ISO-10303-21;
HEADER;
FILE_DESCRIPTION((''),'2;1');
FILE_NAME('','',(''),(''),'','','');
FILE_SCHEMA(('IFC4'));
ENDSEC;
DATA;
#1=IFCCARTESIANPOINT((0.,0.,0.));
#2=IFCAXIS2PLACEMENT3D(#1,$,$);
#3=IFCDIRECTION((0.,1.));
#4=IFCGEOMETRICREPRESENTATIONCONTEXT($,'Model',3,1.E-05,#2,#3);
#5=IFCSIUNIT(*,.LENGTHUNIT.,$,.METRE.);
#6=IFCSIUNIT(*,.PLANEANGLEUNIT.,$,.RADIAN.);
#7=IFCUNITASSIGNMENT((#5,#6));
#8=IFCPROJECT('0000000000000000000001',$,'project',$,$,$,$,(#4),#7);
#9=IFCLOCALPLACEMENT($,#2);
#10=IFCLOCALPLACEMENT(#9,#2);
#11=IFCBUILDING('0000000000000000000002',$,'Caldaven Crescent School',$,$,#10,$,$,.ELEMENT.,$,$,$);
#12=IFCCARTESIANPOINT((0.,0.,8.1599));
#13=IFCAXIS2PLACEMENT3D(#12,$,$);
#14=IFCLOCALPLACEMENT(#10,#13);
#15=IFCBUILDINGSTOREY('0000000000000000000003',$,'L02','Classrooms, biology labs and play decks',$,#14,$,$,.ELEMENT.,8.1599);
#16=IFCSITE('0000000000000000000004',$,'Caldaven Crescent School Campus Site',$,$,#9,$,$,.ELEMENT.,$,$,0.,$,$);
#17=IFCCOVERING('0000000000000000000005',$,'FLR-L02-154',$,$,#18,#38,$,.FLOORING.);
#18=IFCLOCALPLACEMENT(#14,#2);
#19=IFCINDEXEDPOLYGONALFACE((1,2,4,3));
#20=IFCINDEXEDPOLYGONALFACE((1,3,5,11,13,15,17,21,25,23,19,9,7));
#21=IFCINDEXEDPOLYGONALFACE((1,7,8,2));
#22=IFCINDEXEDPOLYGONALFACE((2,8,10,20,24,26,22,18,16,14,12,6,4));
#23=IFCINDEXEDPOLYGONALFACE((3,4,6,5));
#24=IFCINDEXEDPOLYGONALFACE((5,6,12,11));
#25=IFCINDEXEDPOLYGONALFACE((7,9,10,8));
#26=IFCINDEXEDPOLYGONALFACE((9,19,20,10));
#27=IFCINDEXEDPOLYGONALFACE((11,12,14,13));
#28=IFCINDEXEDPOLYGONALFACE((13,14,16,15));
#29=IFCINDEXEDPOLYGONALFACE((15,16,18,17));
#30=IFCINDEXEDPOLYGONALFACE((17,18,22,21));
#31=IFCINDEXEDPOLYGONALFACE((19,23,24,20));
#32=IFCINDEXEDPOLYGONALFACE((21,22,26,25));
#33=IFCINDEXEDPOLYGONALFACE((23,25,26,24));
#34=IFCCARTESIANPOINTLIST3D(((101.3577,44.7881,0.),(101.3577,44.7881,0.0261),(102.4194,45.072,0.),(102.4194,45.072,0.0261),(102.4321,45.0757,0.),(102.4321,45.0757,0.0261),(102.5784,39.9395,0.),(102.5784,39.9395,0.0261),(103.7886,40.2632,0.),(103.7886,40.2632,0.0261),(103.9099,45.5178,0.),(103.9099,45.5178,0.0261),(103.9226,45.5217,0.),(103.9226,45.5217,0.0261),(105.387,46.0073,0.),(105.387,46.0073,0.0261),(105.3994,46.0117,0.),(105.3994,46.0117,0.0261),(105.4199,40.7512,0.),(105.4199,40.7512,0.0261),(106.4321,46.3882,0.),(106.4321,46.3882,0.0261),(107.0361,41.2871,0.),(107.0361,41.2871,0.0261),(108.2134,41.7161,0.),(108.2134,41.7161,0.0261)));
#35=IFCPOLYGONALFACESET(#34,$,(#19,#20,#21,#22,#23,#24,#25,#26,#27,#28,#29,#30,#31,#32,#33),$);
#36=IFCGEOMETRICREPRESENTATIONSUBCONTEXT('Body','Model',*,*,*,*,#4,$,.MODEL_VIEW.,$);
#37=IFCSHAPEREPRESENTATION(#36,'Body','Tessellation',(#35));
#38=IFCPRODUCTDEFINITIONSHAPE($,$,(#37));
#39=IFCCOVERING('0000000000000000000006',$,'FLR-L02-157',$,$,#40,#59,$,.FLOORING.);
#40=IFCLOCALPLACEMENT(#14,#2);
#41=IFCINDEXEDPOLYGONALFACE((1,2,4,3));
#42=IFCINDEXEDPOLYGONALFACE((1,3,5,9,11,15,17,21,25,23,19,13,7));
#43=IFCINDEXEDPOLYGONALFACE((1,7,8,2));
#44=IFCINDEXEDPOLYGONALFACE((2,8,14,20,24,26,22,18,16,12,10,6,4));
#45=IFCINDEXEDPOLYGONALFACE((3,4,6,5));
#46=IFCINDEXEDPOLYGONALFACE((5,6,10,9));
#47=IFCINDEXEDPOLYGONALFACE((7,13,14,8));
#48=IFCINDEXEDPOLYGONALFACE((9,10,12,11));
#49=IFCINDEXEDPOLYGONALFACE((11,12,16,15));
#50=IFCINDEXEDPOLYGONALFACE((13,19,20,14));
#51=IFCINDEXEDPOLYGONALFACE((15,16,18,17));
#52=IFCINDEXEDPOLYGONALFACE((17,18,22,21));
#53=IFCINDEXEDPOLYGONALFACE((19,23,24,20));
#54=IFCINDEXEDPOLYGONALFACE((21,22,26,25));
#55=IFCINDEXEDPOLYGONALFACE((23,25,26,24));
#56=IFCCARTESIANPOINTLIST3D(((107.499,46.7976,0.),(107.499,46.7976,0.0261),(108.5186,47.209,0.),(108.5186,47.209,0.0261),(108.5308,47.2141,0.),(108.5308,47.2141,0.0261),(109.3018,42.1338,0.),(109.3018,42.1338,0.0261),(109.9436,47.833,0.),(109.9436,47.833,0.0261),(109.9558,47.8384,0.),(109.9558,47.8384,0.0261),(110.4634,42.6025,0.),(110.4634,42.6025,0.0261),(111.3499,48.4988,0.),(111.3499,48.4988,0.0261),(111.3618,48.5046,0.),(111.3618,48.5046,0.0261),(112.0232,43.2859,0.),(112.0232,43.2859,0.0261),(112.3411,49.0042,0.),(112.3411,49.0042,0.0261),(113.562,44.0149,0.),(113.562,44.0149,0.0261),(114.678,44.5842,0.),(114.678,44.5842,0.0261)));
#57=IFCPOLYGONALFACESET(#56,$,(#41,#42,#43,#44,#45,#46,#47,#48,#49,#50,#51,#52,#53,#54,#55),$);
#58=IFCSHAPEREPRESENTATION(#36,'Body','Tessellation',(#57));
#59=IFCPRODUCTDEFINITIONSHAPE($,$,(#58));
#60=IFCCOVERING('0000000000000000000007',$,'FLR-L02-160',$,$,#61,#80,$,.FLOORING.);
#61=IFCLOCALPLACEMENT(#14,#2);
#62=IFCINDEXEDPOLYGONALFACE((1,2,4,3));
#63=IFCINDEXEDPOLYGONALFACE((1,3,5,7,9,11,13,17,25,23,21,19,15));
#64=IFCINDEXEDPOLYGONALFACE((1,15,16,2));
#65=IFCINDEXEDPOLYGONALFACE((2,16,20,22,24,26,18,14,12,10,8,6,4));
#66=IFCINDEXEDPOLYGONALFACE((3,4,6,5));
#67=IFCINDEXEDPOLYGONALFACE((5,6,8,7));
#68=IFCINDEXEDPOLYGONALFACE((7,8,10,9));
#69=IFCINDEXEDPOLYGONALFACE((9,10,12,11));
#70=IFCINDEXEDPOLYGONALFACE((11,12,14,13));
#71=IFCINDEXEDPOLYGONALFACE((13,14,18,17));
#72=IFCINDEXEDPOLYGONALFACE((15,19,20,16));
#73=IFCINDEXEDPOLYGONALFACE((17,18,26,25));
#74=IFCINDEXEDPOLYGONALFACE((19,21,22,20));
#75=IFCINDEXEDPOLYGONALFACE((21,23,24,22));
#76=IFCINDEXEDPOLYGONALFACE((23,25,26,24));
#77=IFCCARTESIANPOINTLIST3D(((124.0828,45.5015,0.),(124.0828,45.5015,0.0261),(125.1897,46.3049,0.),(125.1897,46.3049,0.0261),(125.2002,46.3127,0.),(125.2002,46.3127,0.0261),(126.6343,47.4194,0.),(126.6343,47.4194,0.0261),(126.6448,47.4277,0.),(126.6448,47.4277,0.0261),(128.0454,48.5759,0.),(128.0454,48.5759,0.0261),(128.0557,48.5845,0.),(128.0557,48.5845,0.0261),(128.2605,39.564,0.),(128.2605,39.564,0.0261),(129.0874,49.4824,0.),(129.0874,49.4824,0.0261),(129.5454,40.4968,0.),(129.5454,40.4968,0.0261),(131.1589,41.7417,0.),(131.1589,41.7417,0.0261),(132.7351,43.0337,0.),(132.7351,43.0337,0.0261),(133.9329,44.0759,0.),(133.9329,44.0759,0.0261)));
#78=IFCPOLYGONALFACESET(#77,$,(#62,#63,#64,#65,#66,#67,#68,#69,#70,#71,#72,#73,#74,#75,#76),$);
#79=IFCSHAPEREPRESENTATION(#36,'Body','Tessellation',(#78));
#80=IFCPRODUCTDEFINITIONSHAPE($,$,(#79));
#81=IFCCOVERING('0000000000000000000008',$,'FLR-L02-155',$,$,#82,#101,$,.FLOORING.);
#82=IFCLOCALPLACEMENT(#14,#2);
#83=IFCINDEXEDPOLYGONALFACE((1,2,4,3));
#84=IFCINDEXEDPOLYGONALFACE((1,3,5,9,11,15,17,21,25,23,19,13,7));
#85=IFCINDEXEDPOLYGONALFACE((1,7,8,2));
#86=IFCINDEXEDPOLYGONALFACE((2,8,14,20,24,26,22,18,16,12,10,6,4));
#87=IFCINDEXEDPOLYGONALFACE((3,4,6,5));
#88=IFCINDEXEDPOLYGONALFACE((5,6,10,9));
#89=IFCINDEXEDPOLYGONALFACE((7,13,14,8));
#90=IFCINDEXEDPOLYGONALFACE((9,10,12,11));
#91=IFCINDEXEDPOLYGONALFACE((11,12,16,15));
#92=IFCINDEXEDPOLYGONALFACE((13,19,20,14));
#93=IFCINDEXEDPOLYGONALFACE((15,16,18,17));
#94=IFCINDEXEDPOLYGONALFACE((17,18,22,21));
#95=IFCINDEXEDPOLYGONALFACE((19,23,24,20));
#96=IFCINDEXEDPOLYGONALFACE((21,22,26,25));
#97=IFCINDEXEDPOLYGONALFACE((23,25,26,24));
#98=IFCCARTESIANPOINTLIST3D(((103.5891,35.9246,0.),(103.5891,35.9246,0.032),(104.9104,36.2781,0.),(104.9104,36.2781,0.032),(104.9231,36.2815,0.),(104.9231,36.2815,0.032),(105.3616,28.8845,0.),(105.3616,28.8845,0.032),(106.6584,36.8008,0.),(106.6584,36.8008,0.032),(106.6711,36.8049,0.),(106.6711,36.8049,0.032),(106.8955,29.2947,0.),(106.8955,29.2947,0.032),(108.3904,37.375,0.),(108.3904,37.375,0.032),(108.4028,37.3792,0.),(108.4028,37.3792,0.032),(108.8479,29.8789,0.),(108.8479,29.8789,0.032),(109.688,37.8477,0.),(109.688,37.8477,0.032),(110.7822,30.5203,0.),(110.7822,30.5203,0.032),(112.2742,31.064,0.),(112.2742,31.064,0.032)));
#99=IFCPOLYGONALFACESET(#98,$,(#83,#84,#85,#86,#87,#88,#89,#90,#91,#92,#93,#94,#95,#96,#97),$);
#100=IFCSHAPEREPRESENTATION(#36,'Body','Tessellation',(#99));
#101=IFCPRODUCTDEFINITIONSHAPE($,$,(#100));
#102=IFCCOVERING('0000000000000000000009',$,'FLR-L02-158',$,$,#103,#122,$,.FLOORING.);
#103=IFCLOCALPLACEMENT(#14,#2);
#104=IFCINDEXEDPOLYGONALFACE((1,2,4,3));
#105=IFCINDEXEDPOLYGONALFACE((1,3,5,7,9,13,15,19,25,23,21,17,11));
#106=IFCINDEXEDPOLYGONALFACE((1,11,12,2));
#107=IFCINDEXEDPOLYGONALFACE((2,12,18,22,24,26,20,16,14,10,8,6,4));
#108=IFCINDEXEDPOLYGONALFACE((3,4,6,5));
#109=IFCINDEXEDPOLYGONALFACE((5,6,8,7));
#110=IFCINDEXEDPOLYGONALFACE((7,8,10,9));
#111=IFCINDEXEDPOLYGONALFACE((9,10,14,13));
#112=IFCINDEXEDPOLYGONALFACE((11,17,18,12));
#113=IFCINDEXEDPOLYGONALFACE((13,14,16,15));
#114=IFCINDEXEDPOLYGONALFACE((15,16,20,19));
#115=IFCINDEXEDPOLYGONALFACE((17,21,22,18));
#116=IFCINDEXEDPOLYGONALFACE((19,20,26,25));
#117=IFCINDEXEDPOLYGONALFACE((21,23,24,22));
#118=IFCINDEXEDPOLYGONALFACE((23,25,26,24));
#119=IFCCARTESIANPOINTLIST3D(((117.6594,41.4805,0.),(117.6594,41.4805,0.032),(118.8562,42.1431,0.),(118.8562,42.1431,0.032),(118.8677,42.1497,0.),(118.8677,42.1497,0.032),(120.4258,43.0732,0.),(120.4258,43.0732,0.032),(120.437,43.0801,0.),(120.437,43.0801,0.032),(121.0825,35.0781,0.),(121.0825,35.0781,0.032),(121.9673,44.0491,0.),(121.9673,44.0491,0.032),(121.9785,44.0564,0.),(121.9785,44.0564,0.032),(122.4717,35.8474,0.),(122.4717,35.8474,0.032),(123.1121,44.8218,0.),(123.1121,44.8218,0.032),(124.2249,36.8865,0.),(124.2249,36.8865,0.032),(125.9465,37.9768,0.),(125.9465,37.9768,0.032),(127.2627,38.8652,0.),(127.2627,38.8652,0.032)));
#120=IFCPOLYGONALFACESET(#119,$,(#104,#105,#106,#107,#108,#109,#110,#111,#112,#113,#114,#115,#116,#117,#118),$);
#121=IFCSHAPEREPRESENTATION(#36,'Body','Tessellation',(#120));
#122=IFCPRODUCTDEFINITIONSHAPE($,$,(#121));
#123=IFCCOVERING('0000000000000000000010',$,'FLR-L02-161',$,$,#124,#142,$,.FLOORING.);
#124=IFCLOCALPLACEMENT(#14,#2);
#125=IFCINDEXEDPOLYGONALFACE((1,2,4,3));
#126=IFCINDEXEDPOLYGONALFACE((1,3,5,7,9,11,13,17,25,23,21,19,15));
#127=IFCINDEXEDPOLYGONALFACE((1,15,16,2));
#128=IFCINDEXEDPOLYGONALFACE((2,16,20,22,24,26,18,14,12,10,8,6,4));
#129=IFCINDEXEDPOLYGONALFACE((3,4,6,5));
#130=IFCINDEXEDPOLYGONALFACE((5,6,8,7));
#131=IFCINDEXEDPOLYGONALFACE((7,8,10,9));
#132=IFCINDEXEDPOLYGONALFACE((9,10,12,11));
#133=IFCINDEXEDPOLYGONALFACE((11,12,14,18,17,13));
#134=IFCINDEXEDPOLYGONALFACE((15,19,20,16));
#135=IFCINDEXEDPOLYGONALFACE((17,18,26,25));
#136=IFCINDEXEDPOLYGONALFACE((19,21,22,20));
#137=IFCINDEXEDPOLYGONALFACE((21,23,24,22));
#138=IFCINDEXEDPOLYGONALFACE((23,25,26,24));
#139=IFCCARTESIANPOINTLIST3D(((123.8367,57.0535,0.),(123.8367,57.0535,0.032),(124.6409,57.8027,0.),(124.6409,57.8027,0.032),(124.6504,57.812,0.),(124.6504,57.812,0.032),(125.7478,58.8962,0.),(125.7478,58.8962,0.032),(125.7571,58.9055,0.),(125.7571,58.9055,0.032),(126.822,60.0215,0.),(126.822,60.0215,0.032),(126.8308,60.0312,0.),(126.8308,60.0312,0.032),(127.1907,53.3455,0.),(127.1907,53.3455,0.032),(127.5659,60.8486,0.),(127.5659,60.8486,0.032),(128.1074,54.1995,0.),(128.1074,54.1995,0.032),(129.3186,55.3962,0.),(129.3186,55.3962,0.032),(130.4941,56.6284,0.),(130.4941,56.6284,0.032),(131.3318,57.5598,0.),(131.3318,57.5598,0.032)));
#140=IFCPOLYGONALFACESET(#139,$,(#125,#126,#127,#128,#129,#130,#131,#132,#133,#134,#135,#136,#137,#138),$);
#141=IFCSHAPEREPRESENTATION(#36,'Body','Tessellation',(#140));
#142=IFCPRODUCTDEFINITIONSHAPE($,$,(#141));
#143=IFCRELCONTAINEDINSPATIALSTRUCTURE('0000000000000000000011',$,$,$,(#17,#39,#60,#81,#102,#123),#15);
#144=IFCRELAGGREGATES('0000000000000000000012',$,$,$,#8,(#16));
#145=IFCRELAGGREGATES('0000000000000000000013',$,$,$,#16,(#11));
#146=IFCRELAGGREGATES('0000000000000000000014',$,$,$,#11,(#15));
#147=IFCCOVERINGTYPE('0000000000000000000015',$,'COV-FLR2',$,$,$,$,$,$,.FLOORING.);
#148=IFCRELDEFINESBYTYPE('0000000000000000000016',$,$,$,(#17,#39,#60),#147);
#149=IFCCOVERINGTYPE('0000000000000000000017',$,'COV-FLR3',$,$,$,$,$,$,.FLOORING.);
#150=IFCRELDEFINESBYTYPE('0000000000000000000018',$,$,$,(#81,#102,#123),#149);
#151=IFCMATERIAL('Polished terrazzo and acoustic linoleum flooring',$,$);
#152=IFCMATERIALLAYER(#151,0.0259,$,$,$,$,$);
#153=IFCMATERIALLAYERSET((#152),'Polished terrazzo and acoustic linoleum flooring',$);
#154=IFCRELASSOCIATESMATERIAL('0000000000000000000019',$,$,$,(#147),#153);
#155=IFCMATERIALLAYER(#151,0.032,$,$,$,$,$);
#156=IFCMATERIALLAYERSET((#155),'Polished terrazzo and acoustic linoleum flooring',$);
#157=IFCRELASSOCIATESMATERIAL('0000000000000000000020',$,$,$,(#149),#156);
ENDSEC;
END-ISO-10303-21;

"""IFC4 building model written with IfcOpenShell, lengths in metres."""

from ifc_helpers import new_model, si_unit, direction, frame, origin, place, context, subcontext, project, spatial, polyline, outline, extrude, material, layer, layer_set, type_object, element, save


model = new_model("IFC4")

# Units and contexts
model_context = context("Model", 3, precision=1e-05, world=origin(), true_north=direction((0.0, 1.0)))
body_context = subcontext(model_context, "Body", "Model", "MODEL_VIEW")
ifc_project = project(units=[si_unit("LENGTHUNIT", "METRE"), si_unit("PLANEANGLEUNIT", "RADIAN")], contexts=[model_context])

# Site, building, storey
site_placement = place(None, origin())
site = spatial("IfcSite", under=ifc_project, at=site_placement, Name="Caldaven Crescent School Campus Site", CompositionType="ELEMENT", RefElevation=0.0)
building_placement = place(site_placement, origin())
building = spatial("IfcBuilding", under=site, at=building_placement, Name="Caldaven Crescent School", CompositionType="ELEMENT")
storey_placement = place(building_placement, frame((0.0, 0.0, 8.1599)))
storey = spatial("IfcBuildingStorey", under=building, at=storey_placement, Name="L02", Description="Classrooms, biology labs and play decks", CompositionType="ELEMENT", Elevation=8.1599)

# Coverings
ifc_material_1 = material(Name="Polished terrazzo and acoustic linoleum flooring")
ifc_layer_1 = layer(ifc_material_1, 0.0259)
ifc_layer_set_1 = layer_set([ifc_layer_1], Name="Polished terrazzo and acoustic linoleum flooring")
covering_type_1 = type_object("IfcCoveringType", Name="COV-FLR2", PredefinedType="FLOORING", material=ifc_layer_set_1)
covering_1_placement = place(storey_placement, origin())
element("IfcCovering", 1, at=covering_1_placement, inside=storey, type_object=covering_type_1, Name="FLR-L02-154", PredefinedType="FLOORING", context=body_context, shape_type="SweptSolid", body=[
    extrude(outline(polyline([(101.3577, 44.7881), (102.4194, 45.072), (102.4321, 45.0757), (103.9099, 45.5178), (103.9226, 45.5217), (105.387, 46.0073), (105.3994, 46.0117), (106.4321, 46.3882), (108.2134, 41.7161), (107.0361, 41.2871), (105.4199, 40.7512), (103.7886, 40.2632), (102.5784, 39.9395), (101.3577, 44.7881)])), origin(), (0.0, 0.0, 1.0), 0.0261),
])
covering_2_placement = place(storey_placement, origin())
element("IfcCovering", 2, at=covering_2_placement, inside=storey, type_object=covering_type_1, Name="FLR-L02-157", PredefinedType="FLOORING", context=body_context, shape_type="SweptSolid", body=[
    extrude(outline(polyline([(107.499, 46.7976), (108.5186, 47.209), (108.5308, 47.2141), (109.9436, 47.833), (109.9558, 47.8384), (111.3499, 48.4988), (111.3618, 48.5046), (112.3411, 49.0042), (114.678, 44.5842), (113.562, 44.0149), (112.0232, 43.2859), (110.4634, 42.6025), (109.3018, 42.1338), (107.499, 46.7976)])), origin(), (0.0, 0.0, 1.0), 0.0261),
])
covering_3_placement = place(storey_placement, origin())
element("IfcCovering", 3, at=covering_3_placement, inside=storey, type_object=covering_type_1, Name="FLR-L02-160", PredefinedType="FLOORING", context=body_context, shape_type="SweptSolid", body=[
    extrude(outline(polyline([(124.0828, 45.5015), (125.1897, 46.3049), (125.2002, 46.3127), (126.6343, 47.4194), (126.6448, 47.4277), (128.0454, 48.5759), (128.0557, 48.5845), (129.0874, 49.4824), (133.9329, 44.0759), (132.7351, 43.0337), (131.1589, 41.7417), (129.5454, 40.4968), (128.2605, 39.564), (124.0828, 45.5015)])), origin(), (0.0, 0.0, 1.0), 0.0261),
])
ifc_layer_2 = layer(ifc_material_1, 0.032)
ifc_layer_set_2 = layer_set([ifc_layer_2], Name="Polished terrazzo and acoustic linoleum flooring")
covering_type_2 = type_object("IfcCoveringType", Name="COV-FLR3", PredefinedType="FLOORING", material=ifc_layer_set_2)
covering_4_placement = place(storey_placement, origin())
element("IfcCovering", 4, at=covering_4_placement, inside=storey, type_object=covering_type_2, Name="FLR-L02-155", PredefinedType="FLOORING", context=body_context, shape_type="SweptSolid", body=[
    extrude(outline(polyline([(103.5891, 35.9246), (104.9104, 36.2781), (104.9231, 36.2815), (106.6584, 36.8008), (106.6711, 36.8049), (108.3904, 37.375), (108.4028, 37.3792), (109.688, 37.8477), (112.2742, 31.064), (110.7822, 30.5203), (108.8479, 29.8789), (106.8955, 29.2947), (105.3616, 28.8845), (103.5891, 35.9246)])), origin(), (0.0, 0.0, 1.0), 0.032),
])
covering_5_placement = place(storey_placement, origin())
element("IfcCovering", 5, at=covering_5_placement, inside=storey, type_object=covering_type_2, Name="FLR-L02-158", PredefinedType="FLOORING", context=body_context, shape_type="SweptSolid", body=[
    extrude(outline(polyline([(117.6594, 41.4805), (118.8562, 42.1431), (118.8677, 42.1497), (120.4258, 43.0732), (120.437, 43.0801), (121.9673, 44.0491), (121.9785, 44.0564), (123.1121, 44.8218), (127.2627, 38.8652), (125.9465, 37.9768), (124.2249, 36.8865), (122.4717, 35.8474), (121.0825, 35.0781), (117.6594, 41.4805)])), origin(), (0.0, 0.0, 1.0), 0.032),
])
covering_6_placement = place(storey_placement, origin())
element("IfcCovering", 6, at=covering_6_placement, inside=storey, type_object=covering_type_2, Name="FLR-L02-161", PredefinedType="FLOORING", context=body_context, shape_type="SweptSolid", body=[
    extrude(outline(polyline([(123.8367, 57.0535), (124.6409, 57.8027), (124.6504, 57.812), (125.7478, 58.8962), (125.7571, 58.9055), (126.822, 60.0215), (126.8308, 60.0312), (127.5659, 60.8486), (131.3318, 57.5598), (130.4941, 56.6284), (129.3186, 55.3962), (128.1074, 54.1995), (127.1907, 53.3455), (123.8367, 57.0535)])), origin(), (0.0, 0.0, 1.0), 0.032),
])

save(model, "model.ifc")
